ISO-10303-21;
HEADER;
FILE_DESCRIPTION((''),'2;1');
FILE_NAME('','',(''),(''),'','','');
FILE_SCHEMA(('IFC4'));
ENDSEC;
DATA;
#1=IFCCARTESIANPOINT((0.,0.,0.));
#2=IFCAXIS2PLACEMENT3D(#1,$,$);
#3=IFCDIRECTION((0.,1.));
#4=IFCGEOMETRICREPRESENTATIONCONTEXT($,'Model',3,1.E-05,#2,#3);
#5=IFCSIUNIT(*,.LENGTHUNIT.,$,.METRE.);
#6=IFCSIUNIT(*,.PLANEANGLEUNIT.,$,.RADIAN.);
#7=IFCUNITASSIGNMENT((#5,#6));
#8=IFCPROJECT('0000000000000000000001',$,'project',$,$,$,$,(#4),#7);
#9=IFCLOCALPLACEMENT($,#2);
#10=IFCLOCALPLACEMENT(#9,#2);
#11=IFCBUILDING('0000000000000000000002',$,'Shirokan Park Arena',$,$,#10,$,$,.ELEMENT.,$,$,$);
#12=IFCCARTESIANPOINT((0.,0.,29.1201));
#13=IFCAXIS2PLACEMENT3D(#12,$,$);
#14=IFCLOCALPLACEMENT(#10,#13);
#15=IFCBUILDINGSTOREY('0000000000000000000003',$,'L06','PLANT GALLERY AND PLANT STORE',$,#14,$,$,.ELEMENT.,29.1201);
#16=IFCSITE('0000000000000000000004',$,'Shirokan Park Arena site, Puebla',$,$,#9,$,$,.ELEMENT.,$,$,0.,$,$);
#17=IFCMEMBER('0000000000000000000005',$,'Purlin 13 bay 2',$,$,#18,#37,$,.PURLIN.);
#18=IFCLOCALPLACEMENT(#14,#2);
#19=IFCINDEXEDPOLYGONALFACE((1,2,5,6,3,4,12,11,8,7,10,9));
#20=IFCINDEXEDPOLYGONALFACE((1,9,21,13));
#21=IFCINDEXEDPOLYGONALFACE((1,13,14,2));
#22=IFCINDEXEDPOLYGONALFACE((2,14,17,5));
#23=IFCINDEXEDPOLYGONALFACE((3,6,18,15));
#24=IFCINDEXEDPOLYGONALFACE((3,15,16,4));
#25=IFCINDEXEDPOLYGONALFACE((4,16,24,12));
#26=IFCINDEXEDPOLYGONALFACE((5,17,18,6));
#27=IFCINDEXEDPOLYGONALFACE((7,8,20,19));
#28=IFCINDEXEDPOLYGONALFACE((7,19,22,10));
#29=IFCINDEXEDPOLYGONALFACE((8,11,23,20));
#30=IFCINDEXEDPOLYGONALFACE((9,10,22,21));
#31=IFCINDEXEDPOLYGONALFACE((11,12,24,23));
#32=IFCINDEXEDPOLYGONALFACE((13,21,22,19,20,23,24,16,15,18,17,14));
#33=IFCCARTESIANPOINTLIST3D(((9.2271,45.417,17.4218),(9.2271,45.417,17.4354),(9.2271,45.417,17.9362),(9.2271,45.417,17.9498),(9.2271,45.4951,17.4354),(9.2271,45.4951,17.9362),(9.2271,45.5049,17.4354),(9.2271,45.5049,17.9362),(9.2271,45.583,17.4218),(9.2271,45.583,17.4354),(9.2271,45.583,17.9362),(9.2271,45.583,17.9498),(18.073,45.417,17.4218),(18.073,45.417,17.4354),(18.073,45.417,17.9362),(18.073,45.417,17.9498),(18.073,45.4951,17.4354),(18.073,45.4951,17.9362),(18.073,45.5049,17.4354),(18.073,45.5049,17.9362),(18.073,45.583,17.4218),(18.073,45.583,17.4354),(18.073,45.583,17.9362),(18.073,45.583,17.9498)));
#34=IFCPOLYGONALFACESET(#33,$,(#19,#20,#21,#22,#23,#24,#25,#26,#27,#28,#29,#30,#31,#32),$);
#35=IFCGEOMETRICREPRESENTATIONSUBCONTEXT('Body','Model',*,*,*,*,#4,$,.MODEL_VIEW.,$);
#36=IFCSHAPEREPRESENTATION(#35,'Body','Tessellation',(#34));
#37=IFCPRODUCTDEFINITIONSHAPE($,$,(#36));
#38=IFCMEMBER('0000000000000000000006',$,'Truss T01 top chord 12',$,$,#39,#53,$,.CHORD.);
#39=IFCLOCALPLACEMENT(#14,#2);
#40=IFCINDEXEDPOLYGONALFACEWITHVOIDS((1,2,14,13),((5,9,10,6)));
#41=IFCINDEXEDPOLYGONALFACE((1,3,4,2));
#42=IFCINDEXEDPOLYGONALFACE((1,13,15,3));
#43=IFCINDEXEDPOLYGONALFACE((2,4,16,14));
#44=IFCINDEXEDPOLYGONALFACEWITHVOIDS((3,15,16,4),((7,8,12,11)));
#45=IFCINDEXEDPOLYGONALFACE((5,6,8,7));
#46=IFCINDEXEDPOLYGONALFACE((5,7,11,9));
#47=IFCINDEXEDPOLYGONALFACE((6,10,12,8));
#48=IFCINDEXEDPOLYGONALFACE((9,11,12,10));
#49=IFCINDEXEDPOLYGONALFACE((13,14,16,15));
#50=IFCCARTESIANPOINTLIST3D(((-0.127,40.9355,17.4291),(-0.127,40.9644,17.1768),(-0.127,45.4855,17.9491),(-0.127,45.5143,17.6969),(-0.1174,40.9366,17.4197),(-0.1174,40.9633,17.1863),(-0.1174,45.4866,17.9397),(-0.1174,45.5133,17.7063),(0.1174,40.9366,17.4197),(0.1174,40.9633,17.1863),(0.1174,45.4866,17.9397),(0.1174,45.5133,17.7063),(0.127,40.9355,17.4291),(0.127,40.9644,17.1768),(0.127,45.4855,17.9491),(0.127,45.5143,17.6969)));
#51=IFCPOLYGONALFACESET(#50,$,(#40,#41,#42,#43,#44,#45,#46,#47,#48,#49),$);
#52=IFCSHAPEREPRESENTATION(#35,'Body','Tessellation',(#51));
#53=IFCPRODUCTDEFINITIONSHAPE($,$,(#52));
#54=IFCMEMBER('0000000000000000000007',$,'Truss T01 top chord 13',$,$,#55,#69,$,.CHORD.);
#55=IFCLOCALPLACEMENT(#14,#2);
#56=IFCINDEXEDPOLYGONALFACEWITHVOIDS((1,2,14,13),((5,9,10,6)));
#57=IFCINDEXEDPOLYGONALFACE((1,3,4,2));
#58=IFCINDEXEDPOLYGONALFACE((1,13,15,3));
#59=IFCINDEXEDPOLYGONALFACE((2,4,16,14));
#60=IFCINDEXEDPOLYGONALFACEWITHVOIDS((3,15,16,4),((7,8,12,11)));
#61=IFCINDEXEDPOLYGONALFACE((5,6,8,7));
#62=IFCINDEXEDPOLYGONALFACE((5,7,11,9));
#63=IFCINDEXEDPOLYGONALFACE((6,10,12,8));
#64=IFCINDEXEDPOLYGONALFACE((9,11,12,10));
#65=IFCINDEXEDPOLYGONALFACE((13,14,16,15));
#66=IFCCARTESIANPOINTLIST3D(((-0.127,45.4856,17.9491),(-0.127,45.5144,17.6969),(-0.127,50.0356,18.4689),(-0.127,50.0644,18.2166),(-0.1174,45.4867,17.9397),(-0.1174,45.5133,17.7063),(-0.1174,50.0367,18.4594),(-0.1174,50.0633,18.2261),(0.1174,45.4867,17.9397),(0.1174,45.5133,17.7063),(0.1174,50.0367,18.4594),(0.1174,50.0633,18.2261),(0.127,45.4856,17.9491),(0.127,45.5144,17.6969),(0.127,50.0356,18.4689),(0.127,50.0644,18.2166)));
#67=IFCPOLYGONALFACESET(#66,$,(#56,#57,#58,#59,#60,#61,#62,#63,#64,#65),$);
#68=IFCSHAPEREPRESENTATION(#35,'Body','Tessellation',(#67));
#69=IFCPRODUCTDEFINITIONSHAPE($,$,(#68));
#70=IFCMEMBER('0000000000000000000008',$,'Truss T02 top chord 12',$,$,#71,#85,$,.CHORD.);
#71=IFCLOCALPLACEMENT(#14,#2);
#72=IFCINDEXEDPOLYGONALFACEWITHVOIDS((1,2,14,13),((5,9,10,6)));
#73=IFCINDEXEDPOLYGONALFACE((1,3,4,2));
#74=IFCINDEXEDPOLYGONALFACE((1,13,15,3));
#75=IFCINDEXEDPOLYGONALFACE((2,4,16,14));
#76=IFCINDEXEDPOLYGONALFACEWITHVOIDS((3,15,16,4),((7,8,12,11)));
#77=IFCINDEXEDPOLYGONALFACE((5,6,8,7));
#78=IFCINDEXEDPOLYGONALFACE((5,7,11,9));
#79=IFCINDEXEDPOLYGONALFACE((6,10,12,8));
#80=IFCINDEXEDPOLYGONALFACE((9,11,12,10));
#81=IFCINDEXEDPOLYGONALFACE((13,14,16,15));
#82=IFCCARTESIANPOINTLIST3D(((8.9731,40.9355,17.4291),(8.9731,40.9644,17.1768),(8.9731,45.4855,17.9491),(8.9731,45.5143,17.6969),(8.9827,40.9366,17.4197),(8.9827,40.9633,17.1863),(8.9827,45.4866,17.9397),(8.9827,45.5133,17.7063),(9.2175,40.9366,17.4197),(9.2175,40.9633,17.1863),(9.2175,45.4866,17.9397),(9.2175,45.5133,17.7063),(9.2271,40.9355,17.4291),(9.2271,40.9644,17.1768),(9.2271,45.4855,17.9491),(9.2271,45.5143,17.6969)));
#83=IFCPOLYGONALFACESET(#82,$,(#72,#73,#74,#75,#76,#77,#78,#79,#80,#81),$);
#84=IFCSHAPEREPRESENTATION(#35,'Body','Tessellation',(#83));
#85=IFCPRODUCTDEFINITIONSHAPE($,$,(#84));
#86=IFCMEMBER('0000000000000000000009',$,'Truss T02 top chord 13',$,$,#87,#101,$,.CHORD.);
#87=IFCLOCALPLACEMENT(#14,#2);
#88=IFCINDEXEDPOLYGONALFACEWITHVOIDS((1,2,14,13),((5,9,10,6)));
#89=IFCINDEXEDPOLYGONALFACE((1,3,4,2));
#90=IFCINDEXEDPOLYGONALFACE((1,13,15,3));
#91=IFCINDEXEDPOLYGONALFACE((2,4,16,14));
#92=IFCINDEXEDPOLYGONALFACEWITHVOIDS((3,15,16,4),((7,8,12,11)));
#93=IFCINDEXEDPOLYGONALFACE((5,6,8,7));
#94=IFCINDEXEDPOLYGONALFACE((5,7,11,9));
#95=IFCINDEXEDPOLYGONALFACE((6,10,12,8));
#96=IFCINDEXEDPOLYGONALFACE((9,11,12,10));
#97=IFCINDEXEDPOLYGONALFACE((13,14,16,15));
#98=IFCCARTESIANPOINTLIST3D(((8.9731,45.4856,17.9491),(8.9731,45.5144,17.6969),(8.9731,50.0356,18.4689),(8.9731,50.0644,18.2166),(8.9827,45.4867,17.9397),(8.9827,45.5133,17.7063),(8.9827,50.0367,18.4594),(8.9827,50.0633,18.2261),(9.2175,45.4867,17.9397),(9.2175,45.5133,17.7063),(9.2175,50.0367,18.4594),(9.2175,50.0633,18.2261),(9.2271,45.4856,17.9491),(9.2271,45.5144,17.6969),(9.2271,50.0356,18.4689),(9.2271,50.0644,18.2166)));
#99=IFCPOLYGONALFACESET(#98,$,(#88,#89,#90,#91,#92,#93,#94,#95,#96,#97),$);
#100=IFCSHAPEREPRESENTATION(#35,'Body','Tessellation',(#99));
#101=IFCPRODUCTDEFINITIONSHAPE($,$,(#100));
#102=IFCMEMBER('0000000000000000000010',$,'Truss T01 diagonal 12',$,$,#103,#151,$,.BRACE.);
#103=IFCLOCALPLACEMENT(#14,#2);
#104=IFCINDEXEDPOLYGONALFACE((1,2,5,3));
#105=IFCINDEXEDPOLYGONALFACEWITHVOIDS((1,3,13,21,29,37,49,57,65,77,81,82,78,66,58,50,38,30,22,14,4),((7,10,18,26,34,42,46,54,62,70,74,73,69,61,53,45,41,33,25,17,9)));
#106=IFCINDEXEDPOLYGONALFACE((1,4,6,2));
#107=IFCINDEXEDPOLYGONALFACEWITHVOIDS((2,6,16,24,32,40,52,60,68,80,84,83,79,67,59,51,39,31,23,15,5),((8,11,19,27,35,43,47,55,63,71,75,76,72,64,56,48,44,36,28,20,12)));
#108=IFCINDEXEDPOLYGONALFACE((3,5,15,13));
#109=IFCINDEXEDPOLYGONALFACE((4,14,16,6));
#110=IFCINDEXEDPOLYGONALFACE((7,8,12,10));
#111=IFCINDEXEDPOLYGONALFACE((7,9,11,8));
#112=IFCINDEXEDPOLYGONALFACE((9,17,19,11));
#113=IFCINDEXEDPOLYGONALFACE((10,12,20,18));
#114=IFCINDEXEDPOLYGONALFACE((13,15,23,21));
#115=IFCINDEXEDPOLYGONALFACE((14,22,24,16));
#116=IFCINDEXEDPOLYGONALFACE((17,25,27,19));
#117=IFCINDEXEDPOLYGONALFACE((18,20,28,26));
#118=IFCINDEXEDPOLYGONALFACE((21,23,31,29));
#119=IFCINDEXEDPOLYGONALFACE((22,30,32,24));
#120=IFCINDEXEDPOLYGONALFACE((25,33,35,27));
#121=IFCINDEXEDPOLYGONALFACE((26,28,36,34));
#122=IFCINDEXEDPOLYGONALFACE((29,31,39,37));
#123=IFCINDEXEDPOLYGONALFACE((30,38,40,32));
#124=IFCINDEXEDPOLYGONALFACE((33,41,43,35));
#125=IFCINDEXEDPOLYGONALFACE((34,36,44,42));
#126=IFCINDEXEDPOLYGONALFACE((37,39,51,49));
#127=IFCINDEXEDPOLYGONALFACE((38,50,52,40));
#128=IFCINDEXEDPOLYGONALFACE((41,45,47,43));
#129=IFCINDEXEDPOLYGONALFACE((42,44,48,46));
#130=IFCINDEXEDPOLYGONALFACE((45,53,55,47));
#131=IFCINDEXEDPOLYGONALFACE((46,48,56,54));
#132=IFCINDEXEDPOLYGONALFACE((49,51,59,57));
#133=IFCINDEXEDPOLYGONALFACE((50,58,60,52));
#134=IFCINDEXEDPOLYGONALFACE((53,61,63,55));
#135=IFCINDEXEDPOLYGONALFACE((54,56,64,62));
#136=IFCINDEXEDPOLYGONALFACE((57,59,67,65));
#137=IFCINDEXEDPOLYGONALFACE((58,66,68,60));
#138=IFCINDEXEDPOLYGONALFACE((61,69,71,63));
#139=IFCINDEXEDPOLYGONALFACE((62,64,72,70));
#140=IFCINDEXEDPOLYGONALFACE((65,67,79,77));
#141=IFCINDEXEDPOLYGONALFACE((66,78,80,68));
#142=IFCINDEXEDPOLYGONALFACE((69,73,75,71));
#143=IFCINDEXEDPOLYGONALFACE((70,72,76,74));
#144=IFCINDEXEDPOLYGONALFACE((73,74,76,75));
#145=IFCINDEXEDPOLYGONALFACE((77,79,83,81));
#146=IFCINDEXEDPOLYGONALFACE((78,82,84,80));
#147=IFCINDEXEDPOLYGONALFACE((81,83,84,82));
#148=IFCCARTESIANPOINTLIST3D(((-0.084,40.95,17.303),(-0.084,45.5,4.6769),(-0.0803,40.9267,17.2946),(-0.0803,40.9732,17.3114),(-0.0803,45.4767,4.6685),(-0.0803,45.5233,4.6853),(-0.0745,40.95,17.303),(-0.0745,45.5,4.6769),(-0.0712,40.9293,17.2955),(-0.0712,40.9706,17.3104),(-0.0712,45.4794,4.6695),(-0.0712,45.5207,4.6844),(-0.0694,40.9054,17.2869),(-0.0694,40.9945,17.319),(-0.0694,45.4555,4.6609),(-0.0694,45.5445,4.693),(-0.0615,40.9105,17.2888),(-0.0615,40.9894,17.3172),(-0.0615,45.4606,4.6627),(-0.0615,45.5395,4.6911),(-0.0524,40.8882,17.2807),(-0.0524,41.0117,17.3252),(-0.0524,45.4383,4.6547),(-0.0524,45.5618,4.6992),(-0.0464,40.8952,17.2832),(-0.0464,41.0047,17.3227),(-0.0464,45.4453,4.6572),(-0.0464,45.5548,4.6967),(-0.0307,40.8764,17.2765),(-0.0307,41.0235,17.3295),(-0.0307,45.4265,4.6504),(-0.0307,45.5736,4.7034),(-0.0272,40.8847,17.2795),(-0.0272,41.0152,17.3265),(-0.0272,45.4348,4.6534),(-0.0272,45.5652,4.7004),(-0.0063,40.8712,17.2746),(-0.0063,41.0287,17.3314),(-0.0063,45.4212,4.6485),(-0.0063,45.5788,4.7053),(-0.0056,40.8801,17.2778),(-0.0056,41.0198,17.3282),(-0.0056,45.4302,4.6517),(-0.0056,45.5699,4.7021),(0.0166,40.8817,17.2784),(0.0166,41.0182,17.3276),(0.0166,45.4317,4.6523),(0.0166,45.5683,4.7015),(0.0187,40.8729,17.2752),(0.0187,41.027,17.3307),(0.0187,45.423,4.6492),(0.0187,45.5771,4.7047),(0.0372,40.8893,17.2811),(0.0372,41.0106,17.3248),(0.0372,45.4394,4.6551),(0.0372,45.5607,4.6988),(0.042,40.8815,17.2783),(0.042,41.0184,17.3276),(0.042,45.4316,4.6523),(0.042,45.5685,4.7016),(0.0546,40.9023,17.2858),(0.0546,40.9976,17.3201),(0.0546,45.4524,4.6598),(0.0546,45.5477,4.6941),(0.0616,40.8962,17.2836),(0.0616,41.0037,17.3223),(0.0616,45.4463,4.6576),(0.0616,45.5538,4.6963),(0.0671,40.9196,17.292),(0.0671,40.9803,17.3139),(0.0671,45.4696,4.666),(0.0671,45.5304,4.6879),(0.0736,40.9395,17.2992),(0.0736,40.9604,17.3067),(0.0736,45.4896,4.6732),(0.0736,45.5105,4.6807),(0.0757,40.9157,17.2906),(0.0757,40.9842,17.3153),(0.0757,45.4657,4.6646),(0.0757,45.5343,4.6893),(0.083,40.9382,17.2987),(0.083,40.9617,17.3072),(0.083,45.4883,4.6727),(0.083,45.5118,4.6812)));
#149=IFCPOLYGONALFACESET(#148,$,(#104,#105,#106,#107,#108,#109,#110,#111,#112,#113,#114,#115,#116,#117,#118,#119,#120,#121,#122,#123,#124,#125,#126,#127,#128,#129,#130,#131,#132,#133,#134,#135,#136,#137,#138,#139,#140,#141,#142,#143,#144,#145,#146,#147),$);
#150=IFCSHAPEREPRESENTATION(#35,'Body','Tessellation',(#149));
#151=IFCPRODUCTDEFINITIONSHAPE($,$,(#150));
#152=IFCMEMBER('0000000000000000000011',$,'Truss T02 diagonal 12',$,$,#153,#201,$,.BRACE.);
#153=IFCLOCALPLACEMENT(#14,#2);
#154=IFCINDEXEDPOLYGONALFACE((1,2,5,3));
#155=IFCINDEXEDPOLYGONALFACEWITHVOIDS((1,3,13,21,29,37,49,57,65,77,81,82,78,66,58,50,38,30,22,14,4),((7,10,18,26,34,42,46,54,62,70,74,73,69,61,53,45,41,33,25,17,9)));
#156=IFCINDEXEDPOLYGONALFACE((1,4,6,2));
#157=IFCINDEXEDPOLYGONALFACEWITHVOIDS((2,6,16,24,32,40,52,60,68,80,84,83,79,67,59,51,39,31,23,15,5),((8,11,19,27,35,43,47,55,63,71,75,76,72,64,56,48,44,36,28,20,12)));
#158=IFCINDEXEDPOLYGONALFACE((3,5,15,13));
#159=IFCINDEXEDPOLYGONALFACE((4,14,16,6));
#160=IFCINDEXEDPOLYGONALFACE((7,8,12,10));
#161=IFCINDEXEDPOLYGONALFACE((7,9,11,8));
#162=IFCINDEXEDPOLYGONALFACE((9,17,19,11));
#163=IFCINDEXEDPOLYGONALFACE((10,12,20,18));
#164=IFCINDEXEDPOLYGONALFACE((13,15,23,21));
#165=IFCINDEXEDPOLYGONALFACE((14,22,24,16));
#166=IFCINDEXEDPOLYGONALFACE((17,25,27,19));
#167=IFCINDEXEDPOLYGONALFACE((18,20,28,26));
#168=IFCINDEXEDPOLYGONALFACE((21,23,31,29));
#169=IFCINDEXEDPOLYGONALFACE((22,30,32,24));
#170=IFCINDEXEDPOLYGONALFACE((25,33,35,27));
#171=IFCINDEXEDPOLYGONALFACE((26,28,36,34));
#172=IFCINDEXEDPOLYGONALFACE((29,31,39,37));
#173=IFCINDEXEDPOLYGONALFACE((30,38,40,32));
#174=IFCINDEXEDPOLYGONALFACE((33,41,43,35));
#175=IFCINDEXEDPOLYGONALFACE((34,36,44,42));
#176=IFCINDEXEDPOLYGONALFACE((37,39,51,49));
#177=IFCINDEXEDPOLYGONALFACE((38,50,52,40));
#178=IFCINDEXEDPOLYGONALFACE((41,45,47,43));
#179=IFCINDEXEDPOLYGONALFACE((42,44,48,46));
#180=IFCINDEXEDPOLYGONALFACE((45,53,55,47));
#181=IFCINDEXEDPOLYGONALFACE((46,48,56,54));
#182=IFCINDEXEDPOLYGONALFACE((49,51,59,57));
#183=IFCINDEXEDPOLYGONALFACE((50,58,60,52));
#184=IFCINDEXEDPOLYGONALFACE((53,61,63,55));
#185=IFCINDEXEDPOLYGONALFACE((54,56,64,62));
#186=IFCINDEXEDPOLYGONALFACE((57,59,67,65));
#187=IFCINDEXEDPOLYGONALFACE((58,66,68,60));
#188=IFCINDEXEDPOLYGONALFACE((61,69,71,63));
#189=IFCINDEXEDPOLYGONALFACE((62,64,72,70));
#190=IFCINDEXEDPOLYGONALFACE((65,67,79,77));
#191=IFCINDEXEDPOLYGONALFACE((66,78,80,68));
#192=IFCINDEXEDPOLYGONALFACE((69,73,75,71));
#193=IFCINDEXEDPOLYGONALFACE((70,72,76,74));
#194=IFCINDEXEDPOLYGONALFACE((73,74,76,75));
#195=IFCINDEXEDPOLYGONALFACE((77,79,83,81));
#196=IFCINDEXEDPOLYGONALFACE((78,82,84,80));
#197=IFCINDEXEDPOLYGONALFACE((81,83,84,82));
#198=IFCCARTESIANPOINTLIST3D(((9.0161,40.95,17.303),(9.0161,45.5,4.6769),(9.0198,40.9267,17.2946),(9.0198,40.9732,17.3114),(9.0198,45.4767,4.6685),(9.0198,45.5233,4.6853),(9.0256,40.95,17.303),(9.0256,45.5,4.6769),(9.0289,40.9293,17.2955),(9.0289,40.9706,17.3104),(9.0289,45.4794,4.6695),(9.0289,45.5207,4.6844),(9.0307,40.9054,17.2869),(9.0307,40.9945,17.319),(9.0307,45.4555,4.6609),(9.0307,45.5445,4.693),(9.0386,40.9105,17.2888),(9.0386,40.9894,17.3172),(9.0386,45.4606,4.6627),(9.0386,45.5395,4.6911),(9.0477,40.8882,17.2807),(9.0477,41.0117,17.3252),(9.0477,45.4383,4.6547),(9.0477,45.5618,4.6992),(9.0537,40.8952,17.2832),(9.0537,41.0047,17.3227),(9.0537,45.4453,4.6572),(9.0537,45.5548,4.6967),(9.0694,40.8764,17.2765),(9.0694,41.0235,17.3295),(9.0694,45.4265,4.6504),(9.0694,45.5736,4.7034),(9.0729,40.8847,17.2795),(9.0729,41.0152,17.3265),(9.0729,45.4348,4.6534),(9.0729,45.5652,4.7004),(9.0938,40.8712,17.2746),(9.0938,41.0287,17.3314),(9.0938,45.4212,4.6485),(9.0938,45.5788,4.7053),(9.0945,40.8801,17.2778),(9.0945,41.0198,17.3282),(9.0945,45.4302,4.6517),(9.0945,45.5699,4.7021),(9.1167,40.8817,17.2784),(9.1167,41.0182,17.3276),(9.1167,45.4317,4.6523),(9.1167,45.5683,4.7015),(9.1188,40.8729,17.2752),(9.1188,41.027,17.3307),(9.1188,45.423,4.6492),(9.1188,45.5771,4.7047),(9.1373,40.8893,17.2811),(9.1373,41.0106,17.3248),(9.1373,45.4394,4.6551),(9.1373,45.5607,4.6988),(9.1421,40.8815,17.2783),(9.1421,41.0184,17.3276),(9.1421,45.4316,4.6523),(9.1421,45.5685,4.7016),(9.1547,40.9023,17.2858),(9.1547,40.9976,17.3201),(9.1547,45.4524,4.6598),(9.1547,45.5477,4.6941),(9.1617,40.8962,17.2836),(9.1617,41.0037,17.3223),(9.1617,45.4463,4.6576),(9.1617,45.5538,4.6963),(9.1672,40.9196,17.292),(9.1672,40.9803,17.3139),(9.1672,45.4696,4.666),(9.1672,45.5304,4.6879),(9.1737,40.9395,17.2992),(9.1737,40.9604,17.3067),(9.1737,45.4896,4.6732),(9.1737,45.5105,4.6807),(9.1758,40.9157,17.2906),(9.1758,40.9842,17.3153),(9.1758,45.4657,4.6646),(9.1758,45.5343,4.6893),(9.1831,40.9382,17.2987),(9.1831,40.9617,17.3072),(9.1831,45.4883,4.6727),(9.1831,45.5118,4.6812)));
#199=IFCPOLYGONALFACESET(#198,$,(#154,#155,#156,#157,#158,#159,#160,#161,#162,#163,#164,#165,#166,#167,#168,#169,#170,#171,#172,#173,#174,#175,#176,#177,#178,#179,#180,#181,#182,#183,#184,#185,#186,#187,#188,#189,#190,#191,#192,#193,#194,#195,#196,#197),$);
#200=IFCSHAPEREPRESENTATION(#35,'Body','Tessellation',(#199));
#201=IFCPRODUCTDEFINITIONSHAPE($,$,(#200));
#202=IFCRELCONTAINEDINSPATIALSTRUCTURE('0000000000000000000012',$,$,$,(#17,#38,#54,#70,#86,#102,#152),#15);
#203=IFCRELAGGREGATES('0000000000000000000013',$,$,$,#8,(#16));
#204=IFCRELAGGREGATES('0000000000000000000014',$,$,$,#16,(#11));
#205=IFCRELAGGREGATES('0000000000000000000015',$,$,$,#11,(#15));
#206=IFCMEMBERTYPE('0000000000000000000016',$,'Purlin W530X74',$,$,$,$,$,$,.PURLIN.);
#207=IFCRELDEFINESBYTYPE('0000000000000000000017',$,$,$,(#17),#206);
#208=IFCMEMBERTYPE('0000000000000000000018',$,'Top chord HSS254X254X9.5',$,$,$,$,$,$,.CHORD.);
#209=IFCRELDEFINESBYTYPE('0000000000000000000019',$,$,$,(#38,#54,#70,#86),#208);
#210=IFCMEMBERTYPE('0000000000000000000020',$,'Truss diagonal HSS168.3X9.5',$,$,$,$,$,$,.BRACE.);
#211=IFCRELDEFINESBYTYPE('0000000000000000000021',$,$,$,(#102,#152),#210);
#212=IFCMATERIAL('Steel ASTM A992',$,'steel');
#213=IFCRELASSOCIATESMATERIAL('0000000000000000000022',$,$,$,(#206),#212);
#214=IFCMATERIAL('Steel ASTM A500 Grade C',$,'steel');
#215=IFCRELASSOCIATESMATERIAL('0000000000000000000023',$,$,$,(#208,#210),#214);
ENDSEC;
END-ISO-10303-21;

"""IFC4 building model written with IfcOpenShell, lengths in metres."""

from ifc_helpers import new_model, si_unit, direction, frame, origin, origin_2d, place, context, subcontext, project, spatial, hollow_rectangle, hollow_circle, i_section, extrude, material, material_profile, profile_set, type_object, element, save


model = new_model("IFC4")

# Units and contexts
model_context = context("Model", 3, precision=1e-05, world=origin(), true_north=direction((0.0, 1.0)))
body_context = subcontext(model_context, "Body", "Model", "MODEL_VIEW")
ifc_project = project(units=[si_unit("LENGTHUNIT", "METRE"), si_unit("PLANEANGLEUNIT", "RADIAN")], contexts=[model_context])

# Site, building, storey
site_placement = place(None, origin())
site = spatial("IfcSite", under=ifc_project, at=site_placement, Name="Shirokan Park Arena site, Puebla", CompositionType="ELEMENT", RefElevation=0.0)
building_placement = place(site_placement, origin())
building = spatial("IfcBuilding", under=site, at=building_placement, Name="Shirokan Park Arena", CompositionType="ELEMENT")
storey_placement = place(building_placement, frame((0.0, 0.0, 29.1201)))
storey = spatial("IfcBuildingStorey", under=building, at=storey_placement, Name="L06", Description="PLANT GALLERY AND PLANT STORE", CompositionType="ELEMENT", Elevation=29.1201)

# Members
ifc_material_1 = material(Name="Steel ASTM A500 Grade C", Category="steel")
ifc_material_2 = material(Name="Steel ASTM A992", Category="steel")
ifc_material_profile_1 = material_profile(ifc_material_2, i_section(OverallWidth=0.166, OverallDepth=0.5281, WebThickness=0.0098, FlangeThickness=0.0137, at=origin_2d()), Name="W530X74")
ifc_profile_set_1 = profile_set([ifc_material_profile_1], Name="Steel ASTM A992")
member_type_1 = type_object("IfcMemberType", Name="Purlin W530X74", PredefinedType="PURLIN", material=ifc_profile_set_1)
for number, where, z_axis, x_axis, name in (
    (1, (9.2271, 45.5, 17.6858), (1.0, 0.0, 0.0), (0.0, 1.0, 0.0), "Purlin 13 bay 2"),
):
    element("IfcMember", number, at=place(storey_placement, frame(where, z_axis=z_axis, x_axis=x_axis)), inside=storey, type_object=member_type_1, Name=name, PredefinedType="PURLIN", context=body_context, shape_type="SweptSolid", body=[
        extrude(i_section(OverallWidth=0.166, OverallDepth=0.5281, WebThickness=0.0098, FlangeThickness=0.0137, at=origin_2d()), origin(), (0.0, 0.0, 1.0), 8.8459),
    ])
ifc_material_profile_2 = material_profile(ifc_material_1, hollow_rectangle(XDim=0.2539, YDim=0.2539, WallThickness=0.0095, at=origin_2d()), Name="HSS254X254X9.5")
ifc_profile_set_2 = profile_set([ifc_material_profile_2], Name="Steel ASTM A500 Grade C")
member_type_2 = type_object("IfcMemberType", Name="Top chord HSS254X254X9.5", PredefinedType="CHORD", material=ifc_profile_set_2)
for number, where, z_axis, x_axis, name in (
    (2, (0.0, 40.95, 17.303), (0.0, 0.993532, 0.11355), (-1.0, 0.0, 0.0), "Truss T01 top chord 12"),
    (3, (0.0, 45.5, 17.823), (0.0, 0.993538, 0.113497), (-1.0, 0.0, 0.0), "Truss T01 top chord 13"),
    (4, (9.1001, 40.95, 17.303), (0.0, 0.993532, 0.11355), (-1.0, 0.0, 0.0), "Truss T02 top chord 12"),
    (5, (9.1001, 45.5, 17.823), (0.0, 0.993538, 0.113497), (-1.0, 0.0, 0.0), "Truss T02 top chord 13"),
):
    element("IfcMember", number, at=place(storey_placement, frame(where, z_axis=z_axis, x_axis=x_axis)), inside=storey, type_object=member_type_2, Name=name, PredefinedType="CHORD", context=body_context, shape_type="SweptSolid", body=[
        extrude(hollow_rectangle(XDim=0.2539, YDim=0.2539, WallThickness=0.0095, at=origin_2d()), origin(), (0.0, 0.0, 1.0), 4.5796),
    ])
ifc_material_profile_3 = material_profile(ifc_material_1, hollow_circle(Radius=0.084, WallThickness=0.0095, at=origin_2d()), Name="HSS168.3X9.5")
ifc_profile_set_3 = profile_set([ifc_material_profile_3], Name="Steel ASTM A500 Grade C")
member_type_3 = type_object("IfcMemberType", Name="Truss diagonal HSS168.3X9.5", PredefinedType="BRACE", material=ifc_profile_set_3)
for number, where, z_axis, x_axis, name in (
    (6, (0.0, 40.95, 17.303), (0.0, 0.339029, -0.940776), (-1.0, 0.0, 0.0), "Truss T01 diagonal 12"),
    (7, (9.1001, 40.95, 17.303), (0.0, 0.339029, -0.940776), (-1.0, 0.0, 0.0), "Truss T02 diagonal 12"),
):
    element("IfcMember", number, at=place(storey_placement, frame(where, z_axis=z_axis, x_axis=x_axis)), inside=storey, type_object=member_type_3, Name=name, PredefinedType="BRACE", context=body_context, shape_type="SweptSolid", body=[
        extrude(hollow_circle(Radius=0.084, WallThickness=0.0095, at=origin_2d()), origin(), (0.0, 0.0, 1.0), 13.4209),
    ])

save(model, "model.ifc")
